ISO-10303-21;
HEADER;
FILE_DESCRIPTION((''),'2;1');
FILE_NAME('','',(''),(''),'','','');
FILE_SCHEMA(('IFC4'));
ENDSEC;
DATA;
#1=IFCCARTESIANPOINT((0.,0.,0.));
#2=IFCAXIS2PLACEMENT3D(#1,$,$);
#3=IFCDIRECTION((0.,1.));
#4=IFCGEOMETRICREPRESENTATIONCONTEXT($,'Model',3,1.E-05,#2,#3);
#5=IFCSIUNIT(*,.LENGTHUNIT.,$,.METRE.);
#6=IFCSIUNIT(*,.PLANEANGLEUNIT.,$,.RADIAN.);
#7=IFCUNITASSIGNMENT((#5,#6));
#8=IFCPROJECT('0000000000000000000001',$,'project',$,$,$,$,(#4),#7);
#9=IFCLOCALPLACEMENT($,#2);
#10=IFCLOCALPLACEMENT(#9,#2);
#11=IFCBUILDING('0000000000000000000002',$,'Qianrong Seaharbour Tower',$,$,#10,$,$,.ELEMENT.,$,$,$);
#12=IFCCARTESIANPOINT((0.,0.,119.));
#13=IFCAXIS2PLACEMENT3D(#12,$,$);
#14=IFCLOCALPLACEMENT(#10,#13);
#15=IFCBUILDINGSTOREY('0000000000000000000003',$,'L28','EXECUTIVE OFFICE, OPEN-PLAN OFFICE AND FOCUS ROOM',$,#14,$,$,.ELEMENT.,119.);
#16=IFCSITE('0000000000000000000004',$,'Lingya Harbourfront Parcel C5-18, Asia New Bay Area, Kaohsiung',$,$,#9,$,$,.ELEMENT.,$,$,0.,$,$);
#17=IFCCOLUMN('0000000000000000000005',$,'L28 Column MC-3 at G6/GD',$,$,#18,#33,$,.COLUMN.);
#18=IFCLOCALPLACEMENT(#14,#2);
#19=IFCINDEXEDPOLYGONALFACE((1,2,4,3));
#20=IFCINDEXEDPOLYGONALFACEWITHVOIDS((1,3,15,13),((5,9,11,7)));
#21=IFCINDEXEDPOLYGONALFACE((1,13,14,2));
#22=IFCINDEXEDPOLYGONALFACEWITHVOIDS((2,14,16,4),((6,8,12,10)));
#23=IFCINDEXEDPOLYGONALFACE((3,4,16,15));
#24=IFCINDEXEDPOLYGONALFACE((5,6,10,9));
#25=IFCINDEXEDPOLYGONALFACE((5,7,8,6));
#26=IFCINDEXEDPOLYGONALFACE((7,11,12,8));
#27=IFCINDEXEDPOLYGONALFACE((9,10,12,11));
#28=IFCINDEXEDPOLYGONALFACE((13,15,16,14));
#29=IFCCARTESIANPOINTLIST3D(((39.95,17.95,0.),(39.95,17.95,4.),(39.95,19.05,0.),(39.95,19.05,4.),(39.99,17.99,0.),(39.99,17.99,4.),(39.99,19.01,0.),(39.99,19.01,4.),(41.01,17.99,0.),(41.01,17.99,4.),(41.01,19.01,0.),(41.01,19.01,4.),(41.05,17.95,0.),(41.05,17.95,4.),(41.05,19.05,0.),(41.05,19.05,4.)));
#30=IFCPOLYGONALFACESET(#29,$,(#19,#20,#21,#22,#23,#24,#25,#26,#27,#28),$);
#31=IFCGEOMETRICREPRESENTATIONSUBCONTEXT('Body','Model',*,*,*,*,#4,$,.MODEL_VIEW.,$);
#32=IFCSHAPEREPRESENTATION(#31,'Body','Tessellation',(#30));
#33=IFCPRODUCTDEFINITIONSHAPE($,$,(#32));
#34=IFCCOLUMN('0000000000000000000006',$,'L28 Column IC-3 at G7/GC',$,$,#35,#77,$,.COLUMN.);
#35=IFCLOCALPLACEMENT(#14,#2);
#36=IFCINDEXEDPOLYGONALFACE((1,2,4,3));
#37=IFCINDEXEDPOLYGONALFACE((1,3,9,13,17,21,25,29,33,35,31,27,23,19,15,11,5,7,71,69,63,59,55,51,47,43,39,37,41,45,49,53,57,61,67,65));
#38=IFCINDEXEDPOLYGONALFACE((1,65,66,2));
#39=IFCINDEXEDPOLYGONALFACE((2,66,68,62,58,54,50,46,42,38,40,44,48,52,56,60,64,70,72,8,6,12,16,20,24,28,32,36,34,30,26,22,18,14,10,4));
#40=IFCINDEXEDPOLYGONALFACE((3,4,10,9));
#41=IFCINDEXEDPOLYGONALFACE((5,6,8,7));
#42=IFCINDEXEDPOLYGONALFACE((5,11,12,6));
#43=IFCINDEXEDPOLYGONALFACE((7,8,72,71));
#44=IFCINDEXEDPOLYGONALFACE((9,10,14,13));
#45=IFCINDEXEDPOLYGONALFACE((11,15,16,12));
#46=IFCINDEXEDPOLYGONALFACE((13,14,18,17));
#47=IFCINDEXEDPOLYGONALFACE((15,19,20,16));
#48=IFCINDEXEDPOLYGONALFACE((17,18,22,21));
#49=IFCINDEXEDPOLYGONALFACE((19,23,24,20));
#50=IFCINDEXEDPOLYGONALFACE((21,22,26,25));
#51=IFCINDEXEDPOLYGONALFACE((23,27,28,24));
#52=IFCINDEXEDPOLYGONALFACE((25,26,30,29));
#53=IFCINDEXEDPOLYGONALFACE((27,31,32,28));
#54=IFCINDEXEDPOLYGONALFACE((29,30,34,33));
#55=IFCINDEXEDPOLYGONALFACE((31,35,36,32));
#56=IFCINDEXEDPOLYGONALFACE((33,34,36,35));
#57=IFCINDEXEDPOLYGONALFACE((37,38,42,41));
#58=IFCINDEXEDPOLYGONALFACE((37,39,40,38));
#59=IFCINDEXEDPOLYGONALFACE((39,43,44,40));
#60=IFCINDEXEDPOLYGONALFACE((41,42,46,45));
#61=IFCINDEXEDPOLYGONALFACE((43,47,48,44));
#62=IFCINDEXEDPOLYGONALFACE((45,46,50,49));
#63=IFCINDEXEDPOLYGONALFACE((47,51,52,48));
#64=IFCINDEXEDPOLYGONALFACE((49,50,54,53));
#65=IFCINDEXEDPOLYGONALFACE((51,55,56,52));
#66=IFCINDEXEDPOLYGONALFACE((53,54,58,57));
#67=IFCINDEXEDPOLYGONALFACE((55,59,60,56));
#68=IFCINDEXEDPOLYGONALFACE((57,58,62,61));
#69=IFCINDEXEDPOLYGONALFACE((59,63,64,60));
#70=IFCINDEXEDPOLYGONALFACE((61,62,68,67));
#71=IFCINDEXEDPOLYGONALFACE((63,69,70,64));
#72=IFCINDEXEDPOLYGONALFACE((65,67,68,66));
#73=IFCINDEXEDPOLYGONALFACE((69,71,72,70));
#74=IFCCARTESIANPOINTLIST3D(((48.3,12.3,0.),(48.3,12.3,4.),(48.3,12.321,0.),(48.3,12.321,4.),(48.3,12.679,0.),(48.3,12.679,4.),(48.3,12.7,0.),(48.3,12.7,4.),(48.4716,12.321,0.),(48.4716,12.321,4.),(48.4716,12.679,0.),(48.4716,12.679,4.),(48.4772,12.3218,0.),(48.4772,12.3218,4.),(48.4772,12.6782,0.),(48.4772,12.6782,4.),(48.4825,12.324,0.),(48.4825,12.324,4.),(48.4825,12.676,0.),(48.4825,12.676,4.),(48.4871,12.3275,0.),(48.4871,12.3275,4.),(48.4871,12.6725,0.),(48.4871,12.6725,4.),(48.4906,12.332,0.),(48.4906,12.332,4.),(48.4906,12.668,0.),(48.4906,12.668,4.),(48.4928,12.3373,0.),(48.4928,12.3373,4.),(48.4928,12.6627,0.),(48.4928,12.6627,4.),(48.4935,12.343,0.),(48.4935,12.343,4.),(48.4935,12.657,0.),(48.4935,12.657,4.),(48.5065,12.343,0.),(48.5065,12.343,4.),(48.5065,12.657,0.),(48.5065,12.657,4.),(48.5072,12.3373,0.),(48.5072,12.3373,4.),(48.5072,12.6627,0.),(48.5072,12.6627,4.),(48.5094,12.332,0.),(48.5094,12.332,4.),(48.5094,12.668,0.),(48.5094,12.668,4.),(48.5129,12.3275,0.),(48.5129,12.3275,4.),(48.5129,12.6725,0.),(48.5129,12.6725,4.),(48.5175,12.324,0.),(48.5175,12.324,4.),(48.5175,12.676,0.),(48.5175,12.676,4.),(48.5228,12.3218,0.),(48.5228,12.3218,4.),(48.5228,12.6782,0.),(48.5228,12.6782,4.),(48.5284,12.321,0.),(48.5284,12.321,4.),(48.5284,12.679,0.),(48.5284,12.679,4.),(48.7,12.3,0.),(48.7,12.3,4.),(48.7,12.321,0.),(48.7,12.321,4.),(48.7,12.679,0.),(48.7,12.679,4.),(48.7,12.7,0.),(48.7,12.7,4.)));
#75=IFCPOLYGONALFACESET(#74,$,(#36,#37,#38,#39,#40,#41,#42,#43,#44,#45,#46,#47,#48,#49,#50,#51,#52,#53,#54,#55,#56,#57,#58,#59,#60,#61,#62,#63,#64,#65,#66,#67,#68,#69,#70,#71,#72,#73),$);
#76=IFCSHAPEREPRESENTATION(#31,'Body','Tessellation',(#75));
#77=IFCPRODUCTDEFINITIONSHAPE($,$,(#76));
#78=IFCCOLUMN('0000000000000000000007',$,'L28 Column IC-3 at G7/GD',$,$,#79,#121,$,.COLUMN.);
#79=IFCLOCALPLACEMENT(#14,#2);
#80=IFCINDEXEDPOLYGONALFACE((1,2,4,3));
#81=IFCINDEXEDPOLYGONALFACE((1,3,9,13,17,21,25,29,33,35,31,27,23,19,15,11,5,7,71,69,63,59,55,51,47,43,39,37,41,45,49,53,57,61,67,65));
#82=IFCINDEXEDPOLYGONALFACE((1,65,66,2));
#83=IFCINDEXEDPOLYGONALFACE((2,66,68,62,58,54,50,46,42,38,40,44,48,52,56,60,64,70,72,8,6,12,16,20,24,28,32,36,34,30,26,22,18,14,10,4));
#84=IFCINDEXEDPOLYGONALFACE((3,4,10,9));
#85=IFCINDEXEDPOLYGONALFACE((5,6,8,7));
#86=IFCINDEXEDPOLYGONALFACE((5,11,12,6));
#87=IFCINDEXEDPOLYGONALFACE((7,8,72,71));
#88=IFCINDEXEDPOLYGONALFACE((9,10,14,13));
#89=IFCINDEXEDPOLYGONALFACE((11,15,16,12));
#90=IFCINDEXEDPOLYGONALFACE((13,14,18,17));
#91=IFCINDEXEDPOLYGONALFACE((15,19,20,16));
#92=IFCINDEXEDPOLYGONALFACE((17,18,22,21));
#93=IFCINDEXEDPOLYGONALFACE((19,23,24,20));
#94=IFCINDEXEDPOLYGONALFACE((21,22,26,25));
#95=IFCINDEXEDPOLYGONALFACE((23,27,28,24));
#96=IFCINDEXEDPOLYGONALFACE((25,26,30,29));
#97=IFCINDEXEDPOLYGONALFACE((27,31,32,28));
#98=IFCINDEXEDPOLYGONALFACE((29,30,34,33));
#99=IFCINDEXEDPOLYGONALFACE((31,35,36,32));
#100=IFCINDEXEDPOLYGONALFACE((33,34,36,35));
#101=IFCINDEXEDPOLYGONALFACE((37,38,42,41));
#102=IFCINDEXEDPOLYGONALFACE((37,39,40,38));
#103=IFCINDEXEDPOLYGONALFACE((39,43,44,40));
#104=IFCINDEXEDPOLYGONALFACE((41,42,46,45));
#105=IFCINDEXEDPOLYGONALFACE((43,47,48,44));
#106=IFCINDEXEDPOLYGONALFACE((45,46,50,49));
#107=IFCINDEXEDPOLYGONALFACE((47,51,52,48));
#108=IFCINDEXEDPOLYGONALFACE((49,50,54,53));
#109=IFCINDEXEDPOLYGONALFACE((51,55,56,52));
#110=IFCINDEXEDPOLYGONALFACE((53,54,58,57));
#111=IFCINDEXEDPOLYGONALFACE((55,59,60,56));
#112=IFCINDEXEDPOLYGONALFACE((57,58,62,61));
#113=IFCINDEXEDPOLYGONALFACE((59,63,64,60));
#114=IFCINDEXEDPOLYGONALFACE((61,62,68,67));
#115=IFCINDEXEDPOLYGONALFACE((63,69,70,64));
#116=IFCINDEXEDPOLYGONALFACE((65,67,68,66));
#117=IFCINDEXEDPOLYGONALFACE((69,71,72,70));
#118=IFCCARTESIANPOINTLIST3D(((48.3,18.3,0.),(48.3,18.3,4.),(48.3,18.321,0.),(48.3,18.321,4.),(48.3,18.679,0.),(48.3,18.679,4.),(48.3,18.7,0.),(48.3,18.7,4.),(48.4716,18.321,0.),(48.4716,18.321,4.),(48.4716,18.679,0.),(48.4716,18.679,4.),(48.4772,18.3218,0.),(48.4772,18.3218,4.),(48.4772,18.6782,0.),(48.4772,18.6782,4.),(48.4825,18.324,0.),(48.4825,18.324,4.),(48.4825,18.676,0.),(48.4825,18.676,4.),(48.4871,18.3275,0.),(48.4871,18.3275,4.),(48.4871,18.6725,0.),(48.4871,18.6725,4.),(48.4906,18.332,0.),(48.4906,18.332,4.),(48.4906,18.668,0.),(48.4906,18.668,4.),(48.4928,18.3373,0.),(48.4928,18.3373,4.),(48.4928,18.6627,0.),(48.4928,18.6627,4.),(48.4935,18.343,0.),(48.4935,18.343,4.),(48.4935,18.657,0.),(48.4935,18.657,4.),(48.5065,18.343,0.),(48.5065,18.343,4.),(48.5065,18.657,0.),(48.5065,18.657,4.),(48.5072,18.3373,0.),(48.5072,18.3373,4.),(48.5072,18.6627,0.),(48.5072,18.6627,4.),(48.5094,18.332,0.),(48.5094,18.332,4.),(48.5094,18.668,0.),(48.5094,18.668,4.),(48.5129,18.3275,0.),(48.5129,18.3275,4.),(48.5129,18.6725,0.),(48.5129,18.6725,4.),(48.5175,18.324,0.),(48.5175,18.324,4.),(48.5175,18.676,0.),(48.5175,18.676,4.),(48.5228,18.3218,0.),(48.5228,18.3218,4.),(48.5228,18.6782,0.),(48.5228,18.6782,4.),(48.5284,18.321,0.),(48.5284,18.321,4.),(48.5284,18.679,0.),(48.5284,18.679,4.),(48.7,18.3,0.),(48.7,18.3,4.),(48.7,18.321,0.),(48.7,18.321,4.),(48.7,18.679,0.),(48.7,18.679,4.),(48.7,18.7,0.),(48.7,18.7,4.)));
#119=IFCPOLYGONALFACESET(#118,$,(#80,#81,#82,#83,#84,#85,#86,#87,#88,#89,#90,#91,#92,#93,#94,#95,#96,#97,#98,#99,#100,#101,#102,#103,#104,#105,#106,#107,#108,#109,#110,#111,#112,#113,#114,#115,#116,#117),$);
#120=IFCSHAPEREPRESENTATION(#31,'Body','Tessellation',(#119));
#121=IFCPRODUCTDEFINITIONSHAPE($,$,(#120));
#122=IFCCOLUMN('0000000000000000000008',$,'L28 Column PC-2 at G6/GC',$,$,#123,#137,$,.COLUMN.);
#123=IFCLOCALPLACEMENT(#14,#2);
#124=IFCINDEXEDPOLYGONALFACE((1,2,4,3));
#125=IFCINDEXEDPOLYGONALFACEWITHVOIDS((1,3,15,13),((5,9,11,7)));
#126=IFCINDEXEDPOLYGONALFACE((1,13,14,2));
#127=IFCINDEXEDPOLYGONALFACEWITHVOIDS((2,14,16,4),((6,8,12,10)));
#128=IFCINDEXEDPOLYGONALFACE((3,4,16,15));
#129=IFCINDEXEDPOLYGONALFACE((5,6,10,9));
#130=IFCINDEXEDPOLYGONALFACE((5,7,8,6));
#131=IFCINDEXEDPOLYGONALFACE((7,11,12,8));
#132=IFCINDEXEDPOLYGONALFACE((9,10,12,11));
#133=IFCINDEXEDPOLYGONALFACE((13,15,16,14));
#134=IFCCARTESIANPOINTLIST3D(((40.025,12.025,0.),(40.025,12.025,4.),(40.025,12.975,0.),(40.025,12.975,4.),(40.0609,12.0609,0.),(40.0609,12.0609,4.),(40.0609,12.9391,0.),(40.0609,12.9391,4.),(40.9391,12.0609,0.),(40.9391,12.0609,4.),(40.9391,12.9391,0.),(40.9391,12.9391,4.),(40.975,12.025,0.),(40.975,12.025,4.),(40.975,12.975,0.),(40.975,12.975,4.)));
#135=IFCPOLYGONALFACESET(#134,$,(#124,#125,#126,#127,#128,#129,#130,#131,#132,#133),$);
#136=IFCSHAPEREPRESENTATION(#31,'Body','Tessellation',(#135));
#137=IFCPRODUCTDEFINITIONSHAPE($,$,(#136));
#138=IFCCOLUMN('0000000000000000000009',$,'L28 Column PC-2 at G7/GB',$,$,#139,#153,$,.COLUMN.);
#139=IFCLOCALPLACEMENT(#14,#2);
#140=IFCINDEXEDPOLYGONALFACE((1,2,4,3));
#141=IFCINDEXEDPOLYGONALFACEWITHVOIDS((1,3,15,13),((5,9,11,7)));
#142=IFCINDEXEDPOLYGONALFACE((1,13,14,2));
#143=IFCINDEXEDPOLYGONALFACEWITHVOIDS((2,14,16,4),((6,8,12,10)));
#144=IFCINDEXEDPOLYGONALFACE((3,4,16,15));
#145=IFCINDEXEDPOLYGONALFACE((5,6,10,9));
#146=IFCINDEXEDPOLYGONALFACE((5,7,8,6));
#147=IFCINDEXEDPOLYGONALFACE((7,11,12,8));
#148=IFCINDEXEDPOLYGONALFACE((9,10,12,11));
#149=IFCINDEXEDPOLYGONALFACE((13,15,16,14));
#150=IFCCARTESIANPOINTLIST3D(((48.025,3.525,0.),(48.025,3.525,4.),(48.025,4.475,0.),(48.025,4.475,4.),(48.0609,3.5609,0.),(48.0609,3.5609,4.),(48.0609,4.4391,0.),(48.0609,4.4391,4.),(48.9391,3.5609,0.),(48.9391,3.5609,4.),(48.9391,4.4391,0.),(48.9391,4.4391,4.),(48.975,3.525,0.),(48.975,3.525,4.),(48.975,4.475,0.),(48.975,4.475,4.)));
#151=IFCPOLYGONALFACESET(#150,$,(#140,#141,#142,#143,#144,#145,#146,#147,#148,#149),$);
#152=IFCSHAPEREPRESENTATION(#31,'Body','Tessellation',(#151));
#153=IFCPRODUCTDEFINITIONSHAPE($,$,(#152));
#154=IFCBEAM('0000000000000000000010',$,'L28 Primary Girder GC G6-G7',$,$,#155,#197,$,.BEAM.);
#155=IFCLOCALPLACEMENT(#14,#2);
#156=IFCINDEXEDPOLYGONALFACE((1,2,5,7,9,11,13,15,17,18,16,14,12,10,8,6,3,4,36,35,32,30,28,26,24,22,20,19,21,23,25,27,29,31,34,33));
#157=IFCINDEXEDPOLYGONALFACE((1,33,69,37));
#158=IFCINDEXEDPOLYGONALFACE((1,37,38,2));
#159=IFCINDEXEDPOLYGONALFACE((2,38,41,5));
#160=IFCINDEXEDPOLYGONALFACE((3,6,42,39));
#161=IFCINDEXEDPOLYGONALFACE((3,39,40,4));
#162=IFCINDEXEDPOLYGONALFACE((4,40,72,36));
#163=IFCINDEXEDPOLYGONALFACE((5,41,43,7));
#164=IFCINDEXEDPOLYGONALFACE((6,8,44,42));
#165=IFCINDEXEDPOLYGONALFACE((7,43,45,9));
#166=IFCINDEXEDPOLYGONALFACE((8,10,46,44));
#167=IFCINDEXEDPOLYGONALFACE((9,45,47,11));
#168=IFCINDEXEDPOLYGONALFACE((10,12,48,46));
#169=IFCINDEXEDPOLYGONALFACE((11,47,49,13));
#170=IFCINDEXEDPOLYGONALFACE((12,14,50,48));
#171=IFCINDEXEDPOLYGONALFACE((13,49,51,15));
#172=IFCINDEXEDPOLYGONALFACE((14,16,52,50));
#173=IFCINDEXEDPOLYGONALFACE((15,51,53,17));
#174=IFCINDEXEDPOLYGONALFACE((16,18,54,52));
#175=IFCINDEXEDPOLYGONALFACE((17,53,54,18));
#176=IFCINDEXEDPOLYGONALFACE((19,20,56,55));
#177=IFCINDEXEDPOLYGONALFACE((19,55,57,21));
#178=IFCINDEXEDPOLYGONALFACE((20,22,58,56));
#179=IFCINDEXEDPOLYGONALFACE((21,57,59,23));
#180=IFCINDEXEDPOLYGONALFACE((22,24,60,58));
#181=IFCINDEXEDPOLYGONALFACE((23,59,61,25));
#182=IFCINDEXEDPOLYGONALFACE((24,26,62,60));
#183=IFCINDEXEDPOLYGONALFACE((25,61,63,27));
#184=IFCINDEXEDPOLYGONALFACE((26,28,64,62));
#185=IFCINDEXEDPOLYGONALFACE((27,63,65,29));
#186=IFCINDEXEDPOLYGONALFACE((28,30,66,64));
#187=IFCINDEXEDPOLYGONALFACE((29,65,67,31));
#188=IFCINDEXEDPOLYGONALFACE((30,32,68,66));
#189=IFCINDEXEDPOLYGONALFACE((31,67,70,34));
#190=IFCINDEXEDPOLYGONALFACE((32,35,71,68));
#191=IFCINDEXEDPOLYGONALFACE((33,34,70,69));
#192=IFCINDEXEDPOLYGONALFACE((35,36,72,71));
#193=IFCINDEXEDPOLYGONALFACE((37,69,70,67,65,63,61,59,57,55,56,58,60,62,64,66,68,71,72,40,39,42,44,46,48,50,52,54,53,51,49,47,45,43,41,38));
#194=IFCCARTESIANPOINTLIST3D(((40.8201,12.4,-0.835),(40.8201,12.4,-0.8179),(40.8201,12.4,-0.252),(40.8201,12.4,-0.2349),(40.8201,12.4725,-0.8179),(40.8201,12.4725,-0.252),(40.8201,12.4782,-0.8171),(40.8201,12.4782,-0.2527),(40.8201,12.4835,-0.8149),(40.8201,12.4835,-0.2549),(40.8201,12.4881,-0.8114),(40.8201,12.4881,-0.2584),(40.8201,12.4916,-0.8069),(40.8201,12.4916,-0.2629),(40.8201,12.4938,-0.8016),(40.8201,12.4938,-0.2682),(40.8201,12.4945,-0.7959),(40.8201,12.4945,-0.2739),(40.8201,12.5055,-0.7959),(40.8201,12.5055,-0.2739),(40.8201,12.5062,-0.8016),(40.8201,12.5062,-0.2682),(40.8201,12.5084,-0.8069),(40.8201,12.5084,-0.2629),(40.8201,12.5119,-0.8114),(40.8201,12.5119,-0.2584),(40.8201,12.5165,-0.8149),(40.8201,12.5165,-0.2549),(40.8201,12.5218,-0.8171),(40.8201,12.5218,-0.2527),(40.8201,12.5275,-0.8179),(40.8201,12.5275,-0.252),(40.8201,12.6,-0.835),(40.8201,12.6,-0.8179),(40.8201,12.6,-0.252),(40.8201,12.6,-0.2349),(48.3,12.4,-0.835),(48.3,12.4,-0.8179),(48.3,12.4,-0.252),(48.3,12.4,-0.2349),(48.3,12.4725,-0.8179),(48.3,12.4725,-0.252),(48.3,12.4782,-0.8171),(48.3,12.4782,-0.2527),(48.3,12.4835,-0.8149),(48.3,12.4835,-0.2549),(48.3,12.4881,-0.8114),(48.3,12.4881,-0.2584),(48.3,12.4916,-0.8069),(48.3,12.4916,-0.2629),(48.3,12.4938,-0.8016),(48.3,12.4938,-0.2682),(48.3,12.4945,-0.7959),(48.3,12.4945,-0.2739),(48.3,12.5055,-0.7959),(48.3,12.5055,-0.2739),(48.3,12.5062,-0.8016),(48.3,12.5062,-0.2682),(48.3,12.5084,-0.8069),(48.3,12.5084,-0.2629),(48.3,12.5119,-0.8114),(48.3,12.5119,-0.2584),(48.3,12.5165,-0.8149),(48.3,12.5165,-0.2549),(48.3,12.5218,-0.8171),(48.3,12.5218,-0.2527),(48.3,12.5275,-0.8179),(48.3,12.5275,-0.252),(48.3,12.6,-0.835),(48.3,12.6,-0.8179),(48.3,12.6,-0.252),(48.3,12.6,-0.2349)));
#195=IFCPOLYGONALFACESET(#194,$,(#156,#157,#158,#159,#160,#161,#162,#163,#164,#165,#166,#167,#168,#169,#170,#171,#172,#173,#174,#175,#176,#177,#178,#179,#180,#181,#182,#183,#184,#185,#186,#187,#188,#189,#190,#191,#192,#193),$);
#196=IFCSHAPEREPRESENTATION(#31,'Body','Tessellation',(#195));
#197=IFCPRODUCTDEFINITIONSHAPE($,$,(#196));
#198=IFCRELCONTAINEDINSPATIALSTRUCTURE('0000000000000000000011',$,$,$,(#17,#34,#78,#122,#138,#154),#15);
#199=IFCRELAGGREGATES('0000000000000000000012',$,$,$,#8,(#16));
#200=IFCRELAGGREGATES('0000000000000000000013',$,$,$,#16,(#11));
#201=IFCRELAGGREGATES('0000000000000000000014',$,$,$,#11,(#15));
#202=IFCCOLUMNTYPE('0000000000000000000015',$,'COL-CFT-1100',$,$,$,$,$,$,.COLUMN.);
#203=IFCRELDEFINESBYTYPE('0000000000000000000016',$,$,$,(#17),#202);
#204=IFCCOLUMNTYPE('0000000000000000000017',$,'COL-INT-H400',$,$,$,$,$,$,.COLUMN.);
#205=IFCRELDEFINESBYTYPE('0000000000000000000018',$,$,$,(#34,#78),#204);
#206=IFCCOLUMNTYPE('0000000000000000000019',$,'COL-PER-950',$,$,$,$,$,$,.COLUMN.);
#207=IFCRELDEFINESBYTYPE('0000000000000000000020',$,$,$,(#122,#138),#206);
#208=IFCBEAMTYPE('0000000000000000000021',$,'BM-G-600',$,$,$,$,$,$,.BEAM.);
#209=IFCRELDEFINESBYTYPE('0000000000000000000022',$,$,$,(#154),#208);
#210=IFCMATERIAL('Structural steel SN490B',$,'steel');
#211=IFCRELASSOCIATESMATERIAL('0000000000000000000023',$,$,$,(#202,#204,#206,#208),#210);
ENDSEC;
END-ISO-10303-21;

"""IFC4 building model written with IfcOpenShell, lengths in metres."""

from ifc_helpers import new_model, si_unit, direction, frame, origin, origin_2d, place, context, subcontext, project, spatial, hollow_rectangle, i_section, extrude, material, material_profile, profile_set, type_object, element, save


model = new_model("IFC4")

# Units and contexts
model_context = context("Model", 3, precision=1e-05, world=origin(), true_north=direction((0.0, 1.0)))
body_context = subcontext(model_context, "Body", "Model", "MODEL_VIEW")
ifc_project = project(units=[si_unit("LENGTHUNIT", "METRE"), si_unit("PLANEANGLEUNIT", "RADIAN")], contexts=[model_context])

# Site, building, storey
site_placement = place(None, origin())
site = spatial("IfcSite", under=ifc_project, at=site_placement, Name="Lingya Harbourfront Parcel C5-18, Asia New Bay Area, Kaohsiung", CompositionType="ELEMENT", RefElevation=0.0)
building_placement = place(site_placement, origin())
building = spatial("IfcBuilding", under=site, at=building_placement, Name="Qianrong Seaharbour Tower", CompositionType="ELEMENT")
storey_placement = place(building_placement, frame((0.0, 0.0, 119.0)))
storey = spatial("IfcBuildingStorey", under=building, at=storey_placement, Name="L28", Description="EXECUTIVE OFFICE, OPEN-PLAN OFFICE AND FOCUS ROOM", CompositionType="ELEMENT", Elevation=119.0)

# Columns
ifc_material_1 = material(Name="Structural steel SN490B", Category="steel")
ifc_material_profile_1 = material_profile(ifc_material_1, hollow_rectangle(XDim=1.1001, YDim=1.1001, WallThickness=0.04, at=origin_2d()), Name="BOX1100x1100x40")
ifc_profile_set_1 = profile_set([ifc_material_profile_1], Name="Structural steel SN490B")
column_type_1 = type_object("IfcColumnType", Name="COL-CFT-1100", PredefinedType="COLUMN", material=ifc_profile_set_1)
column_placement = place(storey_placement, frame((40.5, 18.5, 0.0), z_axis=(0.0, 0.0, 1.0), x_axis=(1.0, 0.0, 0.0)))
element("IfcColumn", 1, at=column_placement, inside=storey, type_object=column_type_1, Name="L28 Column MC-3 at G6/GD", PredefinedType="COLUMN", context=body_context, shape_type="SweptSolid", body=[
    extrude(hollow_rectangle(XDim=1.1001, YDim=1.1001, WallThickness=0.04, at=origin_2d()), origin(), (0.0, 0.0, 1.0), 4.0),
])
ifc_material_profile_2 = material_profile(ifc_material_1, i_section(OverallWidth=0.3999, OverallDepth=0.3999, WebThickness=0.0129, FlangeThickness=0.021, FilletRadius=0.022, at=origin_2d()), Name="H400x400x13x21")
ifc_profile_set_2 = profile_set([ifc_material_profile_2], Name="Structural steel SN490B")
column_type_2 = type_object("IfcColumnType", Name="COL-INT-H400", PredefinedType="COLUMN", material=ifc_profile_set_2)
for number, where, z_axis, x_axis, name in (
    (2, (48.5, 12.5, 0.0), (0.0, 0.0, 1.0), (1.0, 0.0, 0.0), "L28 Column IC-3 at G7/GC"),
    (3, (48.5, 18.5, 0.0), (0.0, 0.0, 1.0), (1.0, 0.0, 0.0), "L28 Column IC-3 at G7/GD"),
):
    element("IfcColumn", number, at=place(storey_placement, frame(where, z_axis=z_axis, x_axis=x_axis)), inside=storey, type_object=column_type_2, Name=name, PredefinedType="COLUMN", context=body_context, shape_type="SweptSolid", body=[
        extrude(i_section(OverallWidth=0.3999, OverallDepth=0.3999, WebThickness=0.0129, FlangeThickness=0.021, FilletRadius=0.022, at=origin_2d()), origin(), (0.0, 0.0, 1.0), 4.0),
    ])
ifc_material_profile_3 = material_profile(ifc_material_1, hollow_rectangle(XDim=0.95, YDim=0.95, WallThickness=0.0359, at=origin_2d()), Name="BOX950x950x36")
ifc_profile_set_3 = profile_set([ifc_material_profile_3], Name="Structural steel SN490B")
column_type_3 = type_object("IfcColumnType", Name="COL-PER-950", PredefinedType="COLUMN", material=ifc_profile_set_3)
for number, where, z_axis, x_axis, name in (
    (4, (40.5, 12.5, 0.0), (0.0, 0.0, 1.0), (1.0, 0.0, 0.0), "L28 Column PC-2 at G6/GC"),
    (5, (48.5, 4.0, 0.0), (0.0, 0.0, 1.0), (1.0, 0.0, 0.0), "L28 Column PC-2 at G7/GB"),
):
    element("IfcColumn", number, at=place(storey_placement, frame(where, z_axis=z_axis, x_axis=x_axis)), inside=storey, type_object=column_type_3, Name=name, PredefinedType="COLUMN", context=body_context, shape_type="SweptSolid", body=[
        extrude(hollow_rectangle(XDim=0.95, YDim=0.95, WallThickness=0.0359, at=origin_2d()), origin(), (0.0, 0.0, 1.0), 4.0),
    ])

# Beam
ifc_material_profile_4 = material_profile(ifc_material_1, i_section(OverallWidth=0.2, OverallDepth=0.6001, WebThickness=0.011, FlangeThickness=0.0171, FilletRadius=0.022, at=origin_2d()), Name="H600x200x11x17")
ifc_profile_set_4 = profile_set([ifc_material_profile_4], Name="Structural steel SN490B")
beam_type_1 = type_object("IfcBeamType", Name="BM-G-600", PredefinedType="BEAM", material=ifc_profile_set_4)
for number, where, z_axis, x_axis, name in (
    (6, (40.8201, 12.5, -0.5349), (1.0, 0.0, 0.0), (0.0, 1.0, 0.0), "L28 Primary Girder GC G6-G7"),
):
    element("IfcBeam", number, at=place(storey_placement, frame(where, z_axis=z_axis, x_axis=x_axis)), inside=storey, type_object=beam_type_1, Name=name, PredefinedType="BEAM", context=body_context, shape_type="SweptSolid", body=[
        extrude(i_section(OverallWidth=0.2, OverallDepth=0.6001, WebThickness=0.011, FlangeThickness=0.0171, FilletRadius=0.022, at=origin_2d()), origin(), (0.0, 0.0, 1.0), 7.48),
    ])

save(model, "model.ifc")
